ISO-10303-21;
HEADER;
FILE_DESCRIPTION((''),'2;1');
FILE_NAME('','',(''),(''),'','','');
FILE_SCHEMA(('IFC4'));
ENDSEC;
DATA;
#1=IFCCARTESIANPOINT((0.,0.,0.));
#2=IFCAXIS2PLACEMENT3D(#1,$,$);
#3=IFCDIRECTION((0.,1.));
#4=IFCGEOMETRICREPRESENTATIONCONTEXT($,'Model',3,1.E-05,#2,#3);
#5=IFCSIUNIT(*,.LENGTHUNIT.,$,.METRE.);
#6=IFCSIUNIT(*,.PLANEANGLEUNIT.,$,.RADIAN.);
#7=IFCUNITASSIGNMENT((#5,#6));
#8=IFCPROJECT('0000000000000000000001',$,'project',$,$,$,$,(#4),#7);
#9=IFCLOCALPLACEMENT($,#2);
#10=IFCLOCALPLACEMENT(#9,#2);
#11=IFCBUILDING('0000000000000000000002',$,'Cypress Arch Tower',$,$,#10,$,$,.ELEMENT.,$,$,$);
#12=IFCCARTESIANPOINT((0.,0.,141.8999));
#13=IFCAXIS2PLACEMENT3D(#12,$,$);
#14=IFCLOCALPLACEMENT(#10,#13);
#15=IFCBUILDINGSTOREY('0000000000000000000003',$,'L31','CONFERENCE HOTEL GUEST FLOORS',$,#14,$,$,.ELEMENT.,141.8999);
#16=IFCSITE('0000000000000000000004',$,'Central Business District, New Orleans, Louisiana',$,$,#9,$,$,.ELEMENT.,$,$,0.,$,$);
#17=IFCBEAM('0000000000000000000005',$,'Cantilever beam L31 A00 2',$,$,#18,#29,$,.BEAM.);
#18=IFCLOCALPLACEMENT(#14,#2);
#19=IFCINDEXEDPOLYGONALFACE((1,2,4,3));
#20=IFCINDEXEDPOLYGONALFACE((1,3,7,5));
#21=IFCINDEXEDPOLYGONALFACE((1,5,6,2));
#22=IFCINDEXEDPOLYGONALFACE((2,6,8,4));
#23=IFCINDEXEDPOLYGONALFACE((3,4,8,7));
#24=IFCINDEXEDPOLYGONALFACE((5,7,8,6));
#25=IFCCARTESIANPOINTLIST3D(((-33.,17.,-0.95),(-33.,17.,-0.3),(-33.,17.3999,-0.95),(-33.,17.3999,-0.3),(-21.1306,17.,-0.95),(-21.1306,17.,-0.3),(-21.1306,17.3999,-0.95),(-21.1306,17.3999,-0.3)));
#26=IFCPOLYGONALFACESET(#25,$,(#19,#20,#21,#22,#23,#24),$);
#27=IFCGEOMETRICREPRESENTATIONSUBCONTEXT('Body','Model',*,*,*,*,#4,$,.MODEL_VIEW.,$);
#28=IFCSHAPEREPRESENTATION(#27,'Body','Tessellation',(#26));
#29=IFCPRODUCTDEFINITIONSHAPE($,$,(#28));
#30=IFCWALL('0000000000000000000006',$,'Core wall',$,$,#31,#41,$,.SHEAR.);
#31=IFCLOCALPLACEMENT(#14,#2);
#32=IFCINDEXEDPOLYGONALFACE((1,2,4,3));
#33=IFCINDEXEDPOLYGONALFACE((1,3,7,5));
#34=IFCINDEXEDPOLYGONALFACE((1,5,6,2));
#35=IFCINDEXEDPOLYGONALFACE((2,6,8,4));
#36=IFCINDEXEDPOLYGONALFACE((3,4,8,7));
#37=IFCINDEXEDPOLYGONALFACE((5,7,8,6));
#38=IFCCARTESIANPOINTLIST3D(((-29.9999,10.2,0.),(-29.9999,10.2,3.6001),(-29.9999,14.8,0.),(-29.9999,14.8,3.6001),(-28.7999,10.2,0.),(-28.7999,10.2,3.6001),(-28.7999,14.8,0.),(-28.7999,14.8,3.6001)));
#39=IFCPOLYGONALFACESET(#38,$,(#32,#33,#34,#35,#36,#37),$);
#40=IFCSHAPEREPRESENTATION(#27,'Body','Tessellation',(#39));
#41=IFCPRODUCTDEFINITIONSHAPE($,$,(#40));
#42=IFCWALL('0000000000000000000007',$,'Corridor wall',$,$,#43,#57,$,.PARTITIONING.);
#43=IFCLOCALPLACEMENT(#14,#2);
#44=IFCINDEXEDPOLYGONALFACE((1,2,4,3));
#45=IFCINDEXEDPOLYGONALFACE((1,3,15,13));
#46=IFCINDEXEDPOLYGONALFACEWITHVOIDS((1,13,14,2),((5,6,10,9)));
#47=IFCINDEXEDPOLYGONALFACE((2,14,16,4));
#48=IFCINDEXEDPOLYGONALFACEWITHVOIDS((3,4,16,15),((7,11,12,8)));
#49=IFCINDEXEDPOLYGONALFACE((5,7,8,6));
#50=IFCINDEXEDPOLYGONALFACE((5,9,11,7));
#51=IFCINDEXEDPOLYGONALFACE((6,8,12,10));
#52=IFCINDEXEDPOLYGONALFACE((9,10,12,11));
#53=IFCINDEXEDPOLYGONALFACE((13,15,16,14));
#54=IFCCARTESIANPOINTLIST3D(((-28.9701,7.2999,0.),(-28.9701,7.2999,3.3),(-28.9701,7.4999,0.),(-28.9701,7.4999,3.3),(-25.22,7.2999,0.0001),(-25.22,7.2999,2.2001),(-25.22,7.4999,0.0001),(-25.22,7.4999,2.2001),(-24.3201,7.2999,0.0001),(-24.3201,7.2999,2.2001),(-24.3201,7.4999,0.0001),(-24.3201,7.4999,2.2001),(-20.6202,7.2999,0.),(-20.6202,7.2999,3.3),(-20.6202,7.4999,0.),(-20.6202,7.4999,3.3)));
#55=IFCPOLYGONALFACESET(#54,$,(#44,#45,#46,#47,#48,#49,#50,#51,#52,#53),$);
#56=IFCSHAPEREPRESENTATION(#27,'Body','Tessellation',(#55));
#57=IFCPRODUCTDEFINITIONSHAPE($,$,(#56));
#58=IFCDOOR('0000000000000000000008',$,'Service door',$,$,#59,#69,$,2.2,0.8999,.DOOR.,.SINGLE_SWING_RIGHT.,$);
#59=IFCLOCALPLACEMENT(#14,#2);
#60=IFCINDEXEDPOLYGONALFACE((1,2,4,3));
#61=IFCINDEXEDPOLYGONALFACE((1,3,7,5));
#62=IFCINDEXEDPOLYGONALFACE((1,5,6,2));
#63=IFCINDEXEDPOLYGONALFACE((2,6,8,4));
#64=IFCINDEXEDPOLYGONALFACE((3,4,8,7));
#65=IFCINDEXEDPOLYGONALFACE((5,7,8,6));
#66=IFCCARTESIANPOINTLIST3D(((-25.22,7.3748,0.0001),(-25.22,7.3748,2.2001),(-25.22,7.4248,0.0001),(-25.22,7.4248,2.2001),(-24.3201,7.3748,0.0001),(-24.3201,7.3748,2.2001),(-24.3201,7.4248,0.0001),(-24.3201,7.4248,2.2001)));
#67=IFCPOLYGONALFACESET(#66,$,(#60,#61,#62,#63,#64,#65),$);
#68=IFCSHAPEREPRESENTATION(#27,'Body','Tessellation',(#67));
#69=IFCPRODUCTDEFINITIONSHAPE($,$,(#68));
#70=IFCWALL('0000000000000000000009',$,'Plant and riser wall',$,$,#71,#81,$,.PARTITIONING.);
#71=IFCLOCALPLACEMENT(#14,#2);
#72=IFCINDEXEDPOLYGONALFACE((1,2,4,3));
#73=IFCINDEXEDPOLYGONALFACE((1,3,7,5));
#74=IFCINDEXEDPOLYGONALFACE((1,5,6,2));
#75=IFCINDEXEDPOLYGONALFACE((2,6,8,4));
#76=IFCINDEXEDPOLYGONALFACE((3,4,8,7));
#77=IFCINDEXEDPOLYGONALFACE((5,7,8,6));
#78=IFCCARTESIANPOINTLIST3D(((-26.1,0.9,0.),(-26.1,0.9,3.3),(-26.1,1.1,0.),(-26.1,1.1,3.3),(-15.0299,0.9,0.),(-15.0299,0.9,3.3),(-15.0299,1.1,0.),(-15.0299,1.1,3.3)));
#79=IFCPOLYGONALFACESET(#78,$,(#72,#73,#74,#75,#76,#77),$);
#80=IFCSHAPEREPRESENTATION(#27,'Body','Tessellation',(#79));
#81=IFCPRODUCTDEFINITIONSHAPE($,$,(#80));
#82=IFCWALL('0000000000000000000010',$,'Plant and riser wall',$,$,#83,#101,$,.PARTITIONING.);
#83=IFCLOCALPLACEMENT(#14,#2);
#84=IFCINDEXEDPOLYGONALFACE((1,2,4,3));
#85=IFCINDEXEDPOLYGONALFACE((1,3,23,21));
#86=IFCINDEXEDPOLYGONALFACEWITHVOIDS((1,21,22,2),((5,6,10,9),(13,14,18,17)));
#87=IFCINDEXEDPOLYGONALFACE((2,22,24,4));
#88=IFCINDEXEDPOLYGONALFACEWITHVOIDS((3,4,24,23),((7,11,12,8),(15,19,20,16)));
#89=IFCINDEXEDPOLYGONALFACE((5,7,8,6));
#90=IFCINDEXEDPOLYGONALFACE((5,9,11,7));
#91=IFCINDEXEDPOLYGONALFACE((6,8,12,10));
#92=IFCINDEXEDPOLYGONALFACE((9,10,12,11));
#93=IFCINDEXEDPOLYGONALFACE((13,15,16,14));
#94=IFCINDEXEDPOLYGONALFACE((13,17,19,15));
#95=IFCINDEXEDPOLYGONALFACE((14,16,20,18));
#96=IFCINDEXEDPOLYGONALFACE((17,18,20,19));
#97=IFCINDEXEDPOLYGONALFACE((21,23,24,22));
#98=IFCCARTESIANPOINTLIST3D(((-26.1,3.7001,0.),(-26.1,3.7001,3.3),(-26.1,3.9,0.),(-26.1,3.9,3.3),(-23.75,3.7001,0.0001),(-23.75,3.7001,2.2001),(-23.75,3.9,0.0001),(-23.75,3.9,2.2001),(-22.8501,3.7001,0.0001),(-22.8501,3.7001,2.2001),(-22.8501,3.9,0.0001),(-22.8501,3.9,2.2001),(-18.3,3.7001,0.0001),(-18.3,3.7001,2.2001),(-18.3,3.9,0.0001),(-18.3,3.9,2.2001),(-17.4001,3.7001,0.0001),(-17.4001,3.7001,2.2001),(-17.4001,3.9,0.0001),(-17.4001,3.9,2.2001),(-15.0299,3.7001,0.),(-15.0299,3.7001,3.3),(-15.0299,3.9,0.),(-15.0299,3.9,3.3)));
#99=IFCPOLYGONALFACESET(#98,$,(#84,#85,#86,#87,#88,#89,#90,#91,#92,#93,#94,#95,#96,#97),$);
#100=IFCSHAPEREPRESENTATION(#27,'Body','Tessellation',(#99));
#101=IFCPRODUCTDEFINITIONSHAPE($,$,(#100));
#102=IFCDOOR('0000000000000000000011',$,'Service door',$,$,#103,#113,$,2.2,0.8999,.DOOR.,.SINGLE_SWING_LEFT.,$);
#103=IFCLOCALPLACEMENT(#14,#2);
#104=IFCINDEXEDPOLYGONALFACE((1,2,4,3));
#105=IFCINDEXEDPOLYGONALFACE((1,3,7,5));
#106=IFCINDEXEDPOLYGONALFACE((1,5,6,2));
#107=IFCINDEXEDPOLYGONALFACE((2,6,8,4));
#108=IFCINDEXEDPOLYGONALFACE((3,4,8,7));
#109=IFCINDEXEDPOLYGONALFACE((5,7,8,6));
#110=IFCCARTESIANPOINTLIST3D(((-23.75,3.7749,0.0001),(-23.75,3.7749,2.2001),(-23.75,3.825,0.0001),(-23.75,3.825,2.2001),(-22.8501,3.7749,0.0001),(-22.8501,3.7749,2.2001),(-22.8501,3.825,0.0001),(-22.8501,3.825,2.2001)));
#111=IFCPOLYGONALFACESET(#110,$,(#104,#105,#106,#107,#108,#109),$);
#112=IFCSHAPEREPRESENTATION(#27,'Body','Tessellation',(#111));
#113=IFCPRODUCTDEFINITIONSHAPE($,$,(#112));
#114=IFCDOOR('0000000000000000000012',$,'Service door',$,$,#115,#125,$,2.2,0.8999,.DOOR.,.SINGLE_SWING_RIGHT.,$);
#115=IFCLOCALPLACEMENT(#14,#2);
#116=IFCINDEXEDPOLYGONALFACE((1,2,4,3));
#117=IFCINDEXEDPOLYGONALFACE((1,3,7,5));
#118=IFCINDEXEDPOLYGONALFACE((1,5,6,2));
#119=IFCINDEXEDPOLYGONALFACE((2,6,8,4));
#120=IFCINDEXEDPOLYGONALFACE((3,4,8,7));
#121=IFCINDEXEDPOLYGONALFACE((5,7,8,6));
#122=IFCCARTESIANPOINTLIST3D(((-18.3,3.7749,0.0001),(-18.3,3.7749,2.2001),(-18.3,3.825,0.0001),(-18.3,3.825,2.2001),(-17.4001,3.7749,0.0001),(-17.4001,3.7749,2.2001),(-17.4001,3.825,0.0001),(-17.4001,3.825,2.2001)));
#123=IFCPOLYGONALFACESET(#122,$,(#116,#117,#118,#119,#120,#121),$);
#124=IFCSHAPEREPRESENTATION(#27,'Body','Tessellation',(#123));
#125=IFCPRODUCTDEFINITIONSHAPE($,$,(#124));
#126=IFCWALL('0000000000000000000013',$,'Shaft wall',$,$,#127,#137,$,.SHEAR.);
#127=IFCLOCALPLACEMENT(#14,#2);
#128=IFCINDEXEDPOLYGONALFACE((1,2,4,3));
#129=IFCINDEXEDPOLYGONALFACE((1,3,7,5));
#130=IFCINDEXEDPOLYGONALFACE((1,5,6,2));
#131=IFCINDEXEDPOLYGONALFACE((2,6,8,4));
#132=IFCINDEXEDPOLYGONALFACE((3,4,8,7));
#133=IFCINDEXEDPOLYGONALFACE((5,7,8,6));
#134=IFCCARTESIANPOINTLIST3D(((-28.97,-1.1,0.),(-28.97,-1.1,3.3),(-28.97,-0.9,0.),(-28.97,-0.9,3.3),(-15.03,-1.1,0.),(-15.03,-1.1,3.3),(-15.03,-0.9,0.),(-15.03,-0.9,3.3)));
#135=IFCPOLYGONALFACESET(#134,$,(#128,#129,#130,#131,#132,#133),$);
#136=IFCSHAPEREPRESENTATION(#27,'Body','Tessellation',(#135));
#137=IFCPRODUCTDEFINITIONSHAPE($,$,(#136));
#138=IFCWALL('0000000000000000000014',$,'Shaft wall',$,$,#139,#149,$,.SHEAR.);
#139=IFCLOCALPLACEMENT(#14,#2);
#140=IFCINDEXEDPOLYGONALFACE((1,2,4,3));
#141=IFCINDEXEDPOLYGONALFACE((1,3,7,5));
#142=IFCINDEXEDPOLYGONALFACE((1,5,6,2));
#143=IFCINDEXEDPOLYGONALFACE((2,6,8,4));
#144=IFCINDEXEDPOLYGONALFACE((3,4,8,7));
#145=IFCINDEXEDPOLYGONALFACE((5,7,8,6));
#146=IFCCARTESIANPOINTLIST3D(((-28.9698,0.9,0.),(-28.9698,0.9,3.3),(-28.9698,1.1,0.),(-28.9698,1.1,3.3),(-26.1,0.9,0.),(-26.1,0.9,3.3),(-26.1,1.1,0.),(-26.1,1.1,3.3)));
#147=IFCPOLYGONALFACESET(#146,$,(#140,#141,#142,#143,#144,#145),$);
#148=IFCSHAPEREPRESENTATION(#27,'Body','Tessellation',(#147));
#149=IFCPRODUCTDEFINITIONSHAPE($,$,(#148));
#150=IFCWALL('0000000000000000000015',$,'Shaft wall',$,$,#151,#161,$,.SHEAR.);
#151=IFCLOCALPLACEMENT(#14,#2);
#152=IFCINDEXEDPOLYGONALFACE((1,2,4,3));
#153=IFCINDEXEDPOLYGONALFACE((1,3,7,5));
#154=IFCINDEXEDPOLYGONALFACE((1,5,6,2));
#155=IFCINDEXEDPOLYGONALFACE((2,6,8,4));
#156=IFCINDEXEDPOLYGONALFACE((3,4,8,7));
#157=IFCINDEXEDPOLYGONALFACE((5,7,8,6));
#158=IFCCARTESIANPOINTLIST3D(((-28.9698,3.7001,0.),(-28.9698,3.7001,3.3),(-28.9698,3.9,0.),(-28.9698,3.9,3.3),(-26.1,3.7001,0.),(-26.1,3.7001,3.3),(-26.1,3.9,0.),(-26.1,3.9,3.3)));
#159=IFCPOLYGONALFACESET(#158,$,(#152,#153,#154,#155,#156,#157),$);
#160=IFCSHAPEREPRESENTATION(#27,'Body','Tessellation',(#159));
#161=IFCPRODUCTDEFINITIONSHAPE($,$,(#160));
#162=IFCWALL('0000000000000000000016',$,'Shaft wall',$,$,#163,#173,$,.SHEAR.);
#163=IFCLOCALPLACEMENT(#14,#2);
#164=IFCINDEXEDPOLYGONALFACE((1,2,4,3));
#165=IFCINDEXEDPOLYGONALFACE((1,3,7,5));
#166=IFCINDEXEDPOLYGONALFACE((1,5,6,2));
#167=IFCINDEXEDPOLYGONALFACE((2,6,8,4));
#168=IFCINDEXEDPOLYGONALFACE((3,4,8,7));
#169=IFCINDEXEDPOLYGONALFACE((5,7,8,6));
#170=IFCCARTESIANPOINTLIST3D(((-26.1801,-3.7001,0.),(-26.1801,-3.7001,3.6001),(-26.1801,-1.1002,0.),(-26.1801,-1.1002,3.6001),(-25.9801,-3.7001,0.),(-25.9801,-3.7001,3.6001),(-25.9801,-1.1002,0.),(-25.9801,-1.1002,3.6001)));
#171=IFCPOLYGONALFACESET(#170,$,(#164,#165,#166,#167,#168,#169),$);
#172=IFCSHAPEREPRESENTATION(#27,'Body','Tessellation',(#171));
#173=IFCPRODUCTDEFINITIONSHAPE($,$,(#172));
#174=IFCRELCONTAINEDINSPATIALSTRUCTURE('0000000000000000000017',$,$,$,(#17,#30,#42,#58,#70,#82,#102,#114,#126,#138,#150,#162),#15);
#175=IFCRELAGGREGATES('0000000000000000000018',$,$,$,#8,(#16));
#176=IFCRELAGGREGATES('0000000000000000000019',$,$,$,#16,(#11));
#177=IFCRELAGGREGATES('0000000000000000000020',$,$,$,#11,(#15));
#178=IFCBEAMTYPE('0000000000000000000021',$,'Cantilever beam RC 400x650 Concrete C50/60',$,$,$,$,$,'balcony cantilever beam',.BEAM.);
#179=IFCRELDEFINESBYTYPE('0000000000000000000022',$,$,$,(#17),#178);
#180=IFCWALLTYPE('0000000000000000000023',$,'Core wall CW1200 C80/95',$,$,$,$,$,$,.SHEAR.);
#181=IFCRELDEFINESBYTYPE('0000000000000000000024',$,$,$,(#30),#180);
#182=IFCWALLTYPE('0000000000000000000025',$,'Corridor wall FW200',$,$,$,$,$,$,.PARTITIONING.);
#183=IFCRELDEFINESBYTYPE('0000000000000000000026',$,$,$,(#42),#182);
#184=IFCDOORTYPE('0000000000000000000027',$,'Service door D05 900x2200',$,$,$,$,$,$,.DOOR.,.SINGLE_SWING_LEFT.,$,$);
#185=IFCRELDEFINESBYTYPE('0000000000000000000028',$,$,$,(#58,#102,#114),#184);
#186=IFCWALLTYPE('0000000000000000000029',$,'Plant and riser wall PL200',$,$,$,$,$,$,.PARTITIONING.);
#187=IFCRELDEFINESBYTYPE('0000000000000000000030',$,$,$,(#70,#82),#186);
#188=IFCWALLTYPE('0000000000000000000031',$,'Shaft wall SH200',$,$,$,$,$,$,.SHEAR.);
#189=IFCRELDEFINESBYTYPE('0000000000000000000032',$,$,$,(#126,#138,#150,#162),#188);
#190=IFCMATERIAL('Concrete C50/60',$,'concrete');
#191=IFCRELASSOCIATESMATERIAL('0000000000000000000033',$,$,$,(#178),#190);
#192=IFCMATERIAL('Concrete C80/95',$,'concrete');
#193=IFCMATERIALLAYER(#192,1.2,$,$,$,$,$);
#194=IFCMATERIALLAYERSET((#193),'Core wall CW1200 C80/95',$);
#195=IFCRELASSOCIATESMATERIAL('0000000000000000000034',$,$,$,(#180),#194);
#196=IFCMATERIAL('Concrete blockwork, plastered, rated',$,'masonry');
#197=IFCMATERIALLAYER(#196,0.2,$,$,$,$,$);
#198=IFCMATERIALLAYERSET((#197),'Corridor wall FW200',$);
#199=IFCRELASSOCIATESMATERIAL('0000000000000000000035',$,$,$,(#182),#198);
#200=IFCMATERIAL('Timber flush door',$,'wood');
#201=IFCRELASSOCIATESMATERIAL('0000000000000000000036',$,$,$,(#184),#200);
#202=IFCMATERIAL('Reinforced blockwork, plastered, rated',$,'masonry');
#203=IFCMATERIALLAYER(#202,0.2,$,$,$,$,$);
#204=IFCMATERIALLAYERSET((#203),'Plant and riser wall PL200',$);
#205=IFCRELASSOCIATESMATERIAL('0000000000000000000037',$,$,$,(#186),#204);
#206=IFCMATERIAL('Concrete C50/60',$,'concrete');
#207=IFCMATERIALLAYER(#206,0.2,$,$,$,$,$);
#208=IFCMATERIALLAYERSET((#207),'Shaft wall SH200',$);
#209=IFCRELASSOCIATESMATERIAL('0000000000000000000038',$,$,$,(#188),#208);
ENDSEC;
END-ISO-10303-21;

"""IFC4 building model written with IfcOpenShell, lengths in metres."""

from ifc_helpers import new_model, si_unit, direction, frame, frame_2d, origin, origin_2d, place, context, subcontext, project, spatial, rectangle, extrude, material, layer, layer_set, material_profile, profile_set, type_object, element, fill, save


model = new_model("IFC4")

# Units and contexts
model_context = context("Model", 3, precision=1e-05, world=origin(), true_north=direction((0.0, 1.0)))
body_context = subcontext(model_context, "Body", "Model", "MODEL_VIEW")
ifc_project = project(units=[si_unit("LENGTHUNIT", "METRE"), si_unit("PLANEANGLEUNIT", "RADIAN")], contexts=[model_context])

# Site, building, storey
site_placement = place(None, origin())
site = spatial("IfcSite", under=ifc_project, at=site_placement, Name="Central Business District, New Orleans, Louisiana", CompositionType="ELEMENT", RefElevation=0.0)
building_placement = place(site_placement, origin())
building = spatial("IfcBuilding", under=site, at=building_placement, Name="Cypress Arch Tower", CompositionType="ELEMENT")
storey_placement = place(building_placement, frame((0.0, 0.0, 141.8999)))
storey = spatial("IfcBuildingStorey", under=building, at=storey_placement, Name="L31", Description="CONFERENCE HOTEL GUEST FLOORS", CompositionType="ELEMENT", Elevation=141.8999)

# Beam
ifc_material_1 = material(Name="Concrete C50/60", Category="concrete")
ifc_material_profile = material_profile(ifc_material_1, rectangle(XDim=0.3999, YDim=0.6499, at=origin_2d()), Name="RC 400x650")
ifc_profile_set = profile_set([ifc_material_profile], Name="Concrete C50/60")
beam_type = type_object("IfcBeamType", Name="Cantilever beam RC 400x650 Concrete C50/60", ElementType="balcony cantilever beam", PredefinedType="BEAM", material=ifc_profile_set)
beam_placement = place(storey_placement, frame((-21.1306, 17.2, -0.625), z_axis=(-1.0, 0.0, 0.0), x_axis=(0.0, -1.0, 0.0)))
element("IfcBeam", 1, at=beam_placement, inside=storey, type_object=beam_type, Name="Cantilever beam L31 A00 2", PredefinedType="BEAM", context=body_context, shape_type="SweptSolid", body=[
    extrude(rectangle(XDim=0.3999, YDim=0.6499, at=origin_2d()), origin(), (0.0, 0.0, 1.0), 11.8694),
])

# Shared definitions
ifc_material_2 = material(Name="Concrete C80/95", Category="concrete")
ifc_layer_1 = layer(ifc_material_2, 1.2)
ifc_layer_set_1 = layer_set([ifc_layer_1], Name="Core wall CW1200 C80/95")
wall_type_1 = type_object("IfcWallType", Name="Core wall CW1200 C80/95", PredefinedType="SHEAR", material=ifc_layer_set_1)

# Wall
wall_1_placement = place(storey_placement, frame((-29.3999, 10.2, 0.0), z_axis=(0.0, 0.0, 1.0), x_axis=(0.0, 1.0, 0.0)))
element("IfcWall", 2, at=wall_1_placement, inside=storey, type_object=wall_type_1, Name="Core wall", PredefinedType="SHEAR", context=body_context, shape_type="SweptSolid", body=[
    extrude(rectangle(XDim=4.6001, YDim=1.2, at=frame_2d((2.3, 0.0))), origin(), (0.0, 0.0, 1.0), 3.6001),
])

# Wall, opening, door
ifc_material_3 = material(Name="Concrete blockwork, plastered, rated", Category="masonry")
ifc_layer_2 = layer(ifc_material_3, 0.2)
ifc_layer_set_2 = layer_set([ifc_layer_2], Name="Corridor wall FW200")
wall_type_2 = type_object("IfcWallType", Name="Corridor wall FW200", PredefinedType="PARTITIONING", material=ifc_layer_set_2)
wall_2_placement = place(storey_placement, frame((-28.97, 7.3999, 0.0), z_axis=(0.0, 0.0, 1.0), x_axis=(1.0, 0.0, 0.0)))
wall_2 = element("IfcWall", 3, at=wall_2_placement, inside=storey, type_object=wall_type_2, Name="Corridor wall", PredefinedType="PARTITIONING", context=body_context, shape_type="SweptSolid", body=[
    extrude(rectangle(XDim=8.3499, YDim=0.2, at=frame_2d((4.1748, 0.0))), origin(), (0.0, 0.0, 1.0), 3.3),
])
opening_1_placement = place(wall_2_placement, frame((3.75, 0.0, 0.0)))
opening_1 = element("IfcOpeningElement", 4, at=opening_1_placement, cuts=wall_2, PredefinedType="OPENING", context=body_context, shape_type="SweptSolid", body=[
    extrude(rectangle(XDim=0.8999, YDim=2.2, at=frame_2d((0.45, 1.1001))), frame((0.0, 0.1099, 0.0), z_axis=(0.0, -1.0, 0.0), x_axis=(1.0, 0.0, 0.0)), (0.0, 0.0, 1.0), 0.22),
])
ifc_material_4 = material(Name="Timber flush door", Category="wood")
door_type_1 = type_object("IfcDoorType", Name="Service door D05 900x2200", OperationType="SINGLE_SWING_LEFT", PredefinedType="DOOR", material=ifc_material_4)
door_1_placement = place(opening_1_placement, origin())
door_1 = element("IfcDoor", 5, at=door_1_placement, inside=storey, type_object=door_type_1, Name="Service door", OperationType="SINGLE_SWING_RIGHT", OverallHeight=2.2, OverallWidth=0.8999, PredefinedType="DOOR", context=body_context, shape_type="SweptSolid", body=[
    extrude(rectangle(XDim=0.8999, YDim=2.2, at=frame_2d((0.45, 1.1001))), frame((0.0, 0.0249, 0.0), z_axis=(0.0, -1.0, 0.0), x_axis=(1.0, 0.0, 0.0)), (0.0, 0.0, 1.0), 0.05),
])
fill(opening_1, door_1)

# Wall
ifc_material_5 = material(Name="Reinforced blockwork, plastered, rated", Category="masonry")
ifc_layer_3 = layer(ifc_material_5, 0.2)
ifc_layer_set_3 = layer_set([ifc_layer_3], Name="Plant and riser wall PL200")
wall_type_3 = type_object("IfcWallType", Name="Plant and riser wall PL200", PredefinedType="PARTITIONING", material=ifc_layer_set_3)
wall_3_placement = place(storey_placement, frame((-26.1001, 1.0, 0.0), z_axis=(0.0, 0.0, 1.0), x_axis=(1.0, 0.0, 0.0)))
element("IfcWall", 6, at=wall_3_placement, inside=storey, type_object=wall_type_3, Name="Plant and riser wall", PredefinedType="PARTITIONING", context=body_context, shape_type="SweptSolid", body=[
    extrude(rectangle(XDim=11.0701, YDim=0.2, at=frame_2d((5.5352, 0.0))), origin(), (0.0, 0.0, 1.0), 3.3),
])

# Wall, openings, doors
wall_4_placement = place(storey_placement, frame((-26.1001, 3.8, 0.0), z_axis=(0.0, 0.0, 1.0), x_axis=(1.0, 0.0, 0.0)))
wall_4 = element("IfcWall", 7, at=wall_4_placement, inside=storey, type_object=wall_type_3, Name="Plant and riser wall", PredefinedType="PARTITIONING", context=body_context, shape_type="SweptSolid", body=[
    extrude(rectangle(XDim=11.0701, YDim=0.2, at=frame_2d((5.5352, 0.0))), origin(), (0.0, 0.0, 1.0), 3.3),
])
opening_2_placement = place(wall_4_placement, frame((2.3501, 0.0, 0.0)))
opening_2 = element("IfcOpeningElement", 8, at=opening_2_placement, cuts=wall_4, PredefinedType="OPENING", context=body_context, shape_type="SweptSolid", body=[
    extrude(rectangle(XDim=0.8999, YDim=2.2, at=frame_2d((0.45, 1.1001))), frame((0.0, 0.1099, 0.0), z_axis=(0.0, -1.0, 0.0), x_axis=(1.0, 0.0, 0.0)), (0.0, 0.0, 1.0), 0.22),
])
opening_3_placement = place(wall_4_placement, frame((7.8, 0.0, 0.0)))
opening_3 = element("IfcOpeningElement", 9, at=opening_3_placement, cuts=wall_4, PredefinedType="OPENING", context=body_context, shape_type="SweptSolid", body=[
    extrude(rectangle(XDim=0.8999, YDim=2.2, at=frame_2d((0.45, 1.1001))), frame((0.0, 0.1099, 0.0), z_axis=(0.0, -1.0, 0.0), x_axis=(1.0, 0.0, 0.0)), (0.0, 0.0, 1.0), 0.22),
])
door_2_placement = place(opening_2_placement, origin())
door_2 = element("IfcDoor", 10, at=door_2_placement, inside=storey, type_object=door_type_1, Name="Service door", OperationType="SINGLE_SWING_LEFT", OverallHeight=2.2, OverallWidth=0.8999, PredefinedType="DOOR", context=body_context, shape_type="SweptSolid", body=[
    extrude(rectangle(XDim=0.8999, YDim=2.2, at=frame_2d((0.45, 1.1001))), frame((0.0, 0.0249, 0.0), z_axis=(0.0, -1.0, 0.0), x_axis=(1.0, 0.0, 0.0)), (0.0, 0.0, 1.0), 0.05),
])
fill(opening_2, door_2)
door_3_placement = place(opening_3_placement, origin())
door_3 = element("IfcDoor", 11, at=door_3_placement, inside=storey, type_object=door_type_1, Name="Service door", OperationType="SINGLE_SWING_RIGHT", OverallHeight=2.2, OverallWidth=0.8999, PredefinedType="DOOR", context=body_context, shape_type="SweptSolid", body=[
    extrude(rectangle(XDim=0.8999, YDim=2.2, at=frame_2d((0.45, 1.1001))), frame((0.0, 0.0249, 0.0), z_axis=(0.0, -1.0, 0.0), x_axis=(1.0, 0.0, 0.0)), (0.0, 0.0, 1.0), 0.05),
])
fill(opening_3, door_3)

# Walls
ifc_material_6 = material(Name="Concrete C50/60", Category="concrete")
ifc_layer_4 = layer(ifc_material_6, 0.2)
ifc_layer_set_4 = layer_set([ifc_layer_4], Name="Shaft wall SH200")
wall_type_4 = type_object("IfcWallType", Name="Shaft wall SH200", PredefinedType="SHEAR", material=ifc_layer_set_4)
wall_5_placement = place(storey_placement, frame((-28.97, -1.0, 0.0), z_axis=(0.0, 0.0, 1.0), x_axis=(1.0, 0.0, 0.0)))
element("IfcWall", 12, at=wall_5_placement, inside=storey, type_object=wall_type_4, Name="Shaft wall", PredefinedType="SHEAR", context=body_context, shape_type="SweptSolid", body=[
    extrude(rectangle(XDim=13.9399, YDim=0.2, at=frame_2d((6.97, 0.0))), origin(), (0.0, 0.0, 1.0), 3.3),
])
for number, where, z_axis, x_axis, name in (
    (13, (-28.97, 1.0, 0.0), (0.0, 0.0, 1.0), (1.0, 0.0, 0.0), "Shaft wall"),
    (14, (-28.97, 3.8, 0.0), (0.0, 0.0, 1.0), (1.0, 0.0, 0.0), "Shaft wall"),
):
    element("IfcWall", number, at=place(storey_placement, frame(where, z_axis=z_axis, x_axis=x_axis)), inside=storey, type_object=wall_type_4, Name=name, PredefinedType="SHEAR", context=body_context, shape_type="SweptSolid", body=[
        extrude(rectangle(XDim=2.8699, YDim=0.2, at=frame_2d((1.4351, 0.0))), origin(), (0.0, 0.0, 1.0), 3.3),
    ])
for number, where, z_axis, x_axis, name in (
    (15, (-26.0801, -3.7, 0.0), (0.0, 0.0, 1.0), (0.0, 1.0, 0.0), "Shaft wall"),
):
    element("IfcWall", number, at=place(storey_placement, frame(where, z_axis=z_axis, x_axis=x_axis)), inside=storey, type_object=wall_type_4, Name=name, PredefinedType="SHEAR", context=body_context, shape_type="SweptSolid", body=[
        extrude(rectangle(XDim=2.5999, YDim=0.2, at=frame_2d((1.2998, 0.0))), origin(), (0.0, 0.0, 1.0), 3.6001),
    ])

save(model, "model.ifc")
